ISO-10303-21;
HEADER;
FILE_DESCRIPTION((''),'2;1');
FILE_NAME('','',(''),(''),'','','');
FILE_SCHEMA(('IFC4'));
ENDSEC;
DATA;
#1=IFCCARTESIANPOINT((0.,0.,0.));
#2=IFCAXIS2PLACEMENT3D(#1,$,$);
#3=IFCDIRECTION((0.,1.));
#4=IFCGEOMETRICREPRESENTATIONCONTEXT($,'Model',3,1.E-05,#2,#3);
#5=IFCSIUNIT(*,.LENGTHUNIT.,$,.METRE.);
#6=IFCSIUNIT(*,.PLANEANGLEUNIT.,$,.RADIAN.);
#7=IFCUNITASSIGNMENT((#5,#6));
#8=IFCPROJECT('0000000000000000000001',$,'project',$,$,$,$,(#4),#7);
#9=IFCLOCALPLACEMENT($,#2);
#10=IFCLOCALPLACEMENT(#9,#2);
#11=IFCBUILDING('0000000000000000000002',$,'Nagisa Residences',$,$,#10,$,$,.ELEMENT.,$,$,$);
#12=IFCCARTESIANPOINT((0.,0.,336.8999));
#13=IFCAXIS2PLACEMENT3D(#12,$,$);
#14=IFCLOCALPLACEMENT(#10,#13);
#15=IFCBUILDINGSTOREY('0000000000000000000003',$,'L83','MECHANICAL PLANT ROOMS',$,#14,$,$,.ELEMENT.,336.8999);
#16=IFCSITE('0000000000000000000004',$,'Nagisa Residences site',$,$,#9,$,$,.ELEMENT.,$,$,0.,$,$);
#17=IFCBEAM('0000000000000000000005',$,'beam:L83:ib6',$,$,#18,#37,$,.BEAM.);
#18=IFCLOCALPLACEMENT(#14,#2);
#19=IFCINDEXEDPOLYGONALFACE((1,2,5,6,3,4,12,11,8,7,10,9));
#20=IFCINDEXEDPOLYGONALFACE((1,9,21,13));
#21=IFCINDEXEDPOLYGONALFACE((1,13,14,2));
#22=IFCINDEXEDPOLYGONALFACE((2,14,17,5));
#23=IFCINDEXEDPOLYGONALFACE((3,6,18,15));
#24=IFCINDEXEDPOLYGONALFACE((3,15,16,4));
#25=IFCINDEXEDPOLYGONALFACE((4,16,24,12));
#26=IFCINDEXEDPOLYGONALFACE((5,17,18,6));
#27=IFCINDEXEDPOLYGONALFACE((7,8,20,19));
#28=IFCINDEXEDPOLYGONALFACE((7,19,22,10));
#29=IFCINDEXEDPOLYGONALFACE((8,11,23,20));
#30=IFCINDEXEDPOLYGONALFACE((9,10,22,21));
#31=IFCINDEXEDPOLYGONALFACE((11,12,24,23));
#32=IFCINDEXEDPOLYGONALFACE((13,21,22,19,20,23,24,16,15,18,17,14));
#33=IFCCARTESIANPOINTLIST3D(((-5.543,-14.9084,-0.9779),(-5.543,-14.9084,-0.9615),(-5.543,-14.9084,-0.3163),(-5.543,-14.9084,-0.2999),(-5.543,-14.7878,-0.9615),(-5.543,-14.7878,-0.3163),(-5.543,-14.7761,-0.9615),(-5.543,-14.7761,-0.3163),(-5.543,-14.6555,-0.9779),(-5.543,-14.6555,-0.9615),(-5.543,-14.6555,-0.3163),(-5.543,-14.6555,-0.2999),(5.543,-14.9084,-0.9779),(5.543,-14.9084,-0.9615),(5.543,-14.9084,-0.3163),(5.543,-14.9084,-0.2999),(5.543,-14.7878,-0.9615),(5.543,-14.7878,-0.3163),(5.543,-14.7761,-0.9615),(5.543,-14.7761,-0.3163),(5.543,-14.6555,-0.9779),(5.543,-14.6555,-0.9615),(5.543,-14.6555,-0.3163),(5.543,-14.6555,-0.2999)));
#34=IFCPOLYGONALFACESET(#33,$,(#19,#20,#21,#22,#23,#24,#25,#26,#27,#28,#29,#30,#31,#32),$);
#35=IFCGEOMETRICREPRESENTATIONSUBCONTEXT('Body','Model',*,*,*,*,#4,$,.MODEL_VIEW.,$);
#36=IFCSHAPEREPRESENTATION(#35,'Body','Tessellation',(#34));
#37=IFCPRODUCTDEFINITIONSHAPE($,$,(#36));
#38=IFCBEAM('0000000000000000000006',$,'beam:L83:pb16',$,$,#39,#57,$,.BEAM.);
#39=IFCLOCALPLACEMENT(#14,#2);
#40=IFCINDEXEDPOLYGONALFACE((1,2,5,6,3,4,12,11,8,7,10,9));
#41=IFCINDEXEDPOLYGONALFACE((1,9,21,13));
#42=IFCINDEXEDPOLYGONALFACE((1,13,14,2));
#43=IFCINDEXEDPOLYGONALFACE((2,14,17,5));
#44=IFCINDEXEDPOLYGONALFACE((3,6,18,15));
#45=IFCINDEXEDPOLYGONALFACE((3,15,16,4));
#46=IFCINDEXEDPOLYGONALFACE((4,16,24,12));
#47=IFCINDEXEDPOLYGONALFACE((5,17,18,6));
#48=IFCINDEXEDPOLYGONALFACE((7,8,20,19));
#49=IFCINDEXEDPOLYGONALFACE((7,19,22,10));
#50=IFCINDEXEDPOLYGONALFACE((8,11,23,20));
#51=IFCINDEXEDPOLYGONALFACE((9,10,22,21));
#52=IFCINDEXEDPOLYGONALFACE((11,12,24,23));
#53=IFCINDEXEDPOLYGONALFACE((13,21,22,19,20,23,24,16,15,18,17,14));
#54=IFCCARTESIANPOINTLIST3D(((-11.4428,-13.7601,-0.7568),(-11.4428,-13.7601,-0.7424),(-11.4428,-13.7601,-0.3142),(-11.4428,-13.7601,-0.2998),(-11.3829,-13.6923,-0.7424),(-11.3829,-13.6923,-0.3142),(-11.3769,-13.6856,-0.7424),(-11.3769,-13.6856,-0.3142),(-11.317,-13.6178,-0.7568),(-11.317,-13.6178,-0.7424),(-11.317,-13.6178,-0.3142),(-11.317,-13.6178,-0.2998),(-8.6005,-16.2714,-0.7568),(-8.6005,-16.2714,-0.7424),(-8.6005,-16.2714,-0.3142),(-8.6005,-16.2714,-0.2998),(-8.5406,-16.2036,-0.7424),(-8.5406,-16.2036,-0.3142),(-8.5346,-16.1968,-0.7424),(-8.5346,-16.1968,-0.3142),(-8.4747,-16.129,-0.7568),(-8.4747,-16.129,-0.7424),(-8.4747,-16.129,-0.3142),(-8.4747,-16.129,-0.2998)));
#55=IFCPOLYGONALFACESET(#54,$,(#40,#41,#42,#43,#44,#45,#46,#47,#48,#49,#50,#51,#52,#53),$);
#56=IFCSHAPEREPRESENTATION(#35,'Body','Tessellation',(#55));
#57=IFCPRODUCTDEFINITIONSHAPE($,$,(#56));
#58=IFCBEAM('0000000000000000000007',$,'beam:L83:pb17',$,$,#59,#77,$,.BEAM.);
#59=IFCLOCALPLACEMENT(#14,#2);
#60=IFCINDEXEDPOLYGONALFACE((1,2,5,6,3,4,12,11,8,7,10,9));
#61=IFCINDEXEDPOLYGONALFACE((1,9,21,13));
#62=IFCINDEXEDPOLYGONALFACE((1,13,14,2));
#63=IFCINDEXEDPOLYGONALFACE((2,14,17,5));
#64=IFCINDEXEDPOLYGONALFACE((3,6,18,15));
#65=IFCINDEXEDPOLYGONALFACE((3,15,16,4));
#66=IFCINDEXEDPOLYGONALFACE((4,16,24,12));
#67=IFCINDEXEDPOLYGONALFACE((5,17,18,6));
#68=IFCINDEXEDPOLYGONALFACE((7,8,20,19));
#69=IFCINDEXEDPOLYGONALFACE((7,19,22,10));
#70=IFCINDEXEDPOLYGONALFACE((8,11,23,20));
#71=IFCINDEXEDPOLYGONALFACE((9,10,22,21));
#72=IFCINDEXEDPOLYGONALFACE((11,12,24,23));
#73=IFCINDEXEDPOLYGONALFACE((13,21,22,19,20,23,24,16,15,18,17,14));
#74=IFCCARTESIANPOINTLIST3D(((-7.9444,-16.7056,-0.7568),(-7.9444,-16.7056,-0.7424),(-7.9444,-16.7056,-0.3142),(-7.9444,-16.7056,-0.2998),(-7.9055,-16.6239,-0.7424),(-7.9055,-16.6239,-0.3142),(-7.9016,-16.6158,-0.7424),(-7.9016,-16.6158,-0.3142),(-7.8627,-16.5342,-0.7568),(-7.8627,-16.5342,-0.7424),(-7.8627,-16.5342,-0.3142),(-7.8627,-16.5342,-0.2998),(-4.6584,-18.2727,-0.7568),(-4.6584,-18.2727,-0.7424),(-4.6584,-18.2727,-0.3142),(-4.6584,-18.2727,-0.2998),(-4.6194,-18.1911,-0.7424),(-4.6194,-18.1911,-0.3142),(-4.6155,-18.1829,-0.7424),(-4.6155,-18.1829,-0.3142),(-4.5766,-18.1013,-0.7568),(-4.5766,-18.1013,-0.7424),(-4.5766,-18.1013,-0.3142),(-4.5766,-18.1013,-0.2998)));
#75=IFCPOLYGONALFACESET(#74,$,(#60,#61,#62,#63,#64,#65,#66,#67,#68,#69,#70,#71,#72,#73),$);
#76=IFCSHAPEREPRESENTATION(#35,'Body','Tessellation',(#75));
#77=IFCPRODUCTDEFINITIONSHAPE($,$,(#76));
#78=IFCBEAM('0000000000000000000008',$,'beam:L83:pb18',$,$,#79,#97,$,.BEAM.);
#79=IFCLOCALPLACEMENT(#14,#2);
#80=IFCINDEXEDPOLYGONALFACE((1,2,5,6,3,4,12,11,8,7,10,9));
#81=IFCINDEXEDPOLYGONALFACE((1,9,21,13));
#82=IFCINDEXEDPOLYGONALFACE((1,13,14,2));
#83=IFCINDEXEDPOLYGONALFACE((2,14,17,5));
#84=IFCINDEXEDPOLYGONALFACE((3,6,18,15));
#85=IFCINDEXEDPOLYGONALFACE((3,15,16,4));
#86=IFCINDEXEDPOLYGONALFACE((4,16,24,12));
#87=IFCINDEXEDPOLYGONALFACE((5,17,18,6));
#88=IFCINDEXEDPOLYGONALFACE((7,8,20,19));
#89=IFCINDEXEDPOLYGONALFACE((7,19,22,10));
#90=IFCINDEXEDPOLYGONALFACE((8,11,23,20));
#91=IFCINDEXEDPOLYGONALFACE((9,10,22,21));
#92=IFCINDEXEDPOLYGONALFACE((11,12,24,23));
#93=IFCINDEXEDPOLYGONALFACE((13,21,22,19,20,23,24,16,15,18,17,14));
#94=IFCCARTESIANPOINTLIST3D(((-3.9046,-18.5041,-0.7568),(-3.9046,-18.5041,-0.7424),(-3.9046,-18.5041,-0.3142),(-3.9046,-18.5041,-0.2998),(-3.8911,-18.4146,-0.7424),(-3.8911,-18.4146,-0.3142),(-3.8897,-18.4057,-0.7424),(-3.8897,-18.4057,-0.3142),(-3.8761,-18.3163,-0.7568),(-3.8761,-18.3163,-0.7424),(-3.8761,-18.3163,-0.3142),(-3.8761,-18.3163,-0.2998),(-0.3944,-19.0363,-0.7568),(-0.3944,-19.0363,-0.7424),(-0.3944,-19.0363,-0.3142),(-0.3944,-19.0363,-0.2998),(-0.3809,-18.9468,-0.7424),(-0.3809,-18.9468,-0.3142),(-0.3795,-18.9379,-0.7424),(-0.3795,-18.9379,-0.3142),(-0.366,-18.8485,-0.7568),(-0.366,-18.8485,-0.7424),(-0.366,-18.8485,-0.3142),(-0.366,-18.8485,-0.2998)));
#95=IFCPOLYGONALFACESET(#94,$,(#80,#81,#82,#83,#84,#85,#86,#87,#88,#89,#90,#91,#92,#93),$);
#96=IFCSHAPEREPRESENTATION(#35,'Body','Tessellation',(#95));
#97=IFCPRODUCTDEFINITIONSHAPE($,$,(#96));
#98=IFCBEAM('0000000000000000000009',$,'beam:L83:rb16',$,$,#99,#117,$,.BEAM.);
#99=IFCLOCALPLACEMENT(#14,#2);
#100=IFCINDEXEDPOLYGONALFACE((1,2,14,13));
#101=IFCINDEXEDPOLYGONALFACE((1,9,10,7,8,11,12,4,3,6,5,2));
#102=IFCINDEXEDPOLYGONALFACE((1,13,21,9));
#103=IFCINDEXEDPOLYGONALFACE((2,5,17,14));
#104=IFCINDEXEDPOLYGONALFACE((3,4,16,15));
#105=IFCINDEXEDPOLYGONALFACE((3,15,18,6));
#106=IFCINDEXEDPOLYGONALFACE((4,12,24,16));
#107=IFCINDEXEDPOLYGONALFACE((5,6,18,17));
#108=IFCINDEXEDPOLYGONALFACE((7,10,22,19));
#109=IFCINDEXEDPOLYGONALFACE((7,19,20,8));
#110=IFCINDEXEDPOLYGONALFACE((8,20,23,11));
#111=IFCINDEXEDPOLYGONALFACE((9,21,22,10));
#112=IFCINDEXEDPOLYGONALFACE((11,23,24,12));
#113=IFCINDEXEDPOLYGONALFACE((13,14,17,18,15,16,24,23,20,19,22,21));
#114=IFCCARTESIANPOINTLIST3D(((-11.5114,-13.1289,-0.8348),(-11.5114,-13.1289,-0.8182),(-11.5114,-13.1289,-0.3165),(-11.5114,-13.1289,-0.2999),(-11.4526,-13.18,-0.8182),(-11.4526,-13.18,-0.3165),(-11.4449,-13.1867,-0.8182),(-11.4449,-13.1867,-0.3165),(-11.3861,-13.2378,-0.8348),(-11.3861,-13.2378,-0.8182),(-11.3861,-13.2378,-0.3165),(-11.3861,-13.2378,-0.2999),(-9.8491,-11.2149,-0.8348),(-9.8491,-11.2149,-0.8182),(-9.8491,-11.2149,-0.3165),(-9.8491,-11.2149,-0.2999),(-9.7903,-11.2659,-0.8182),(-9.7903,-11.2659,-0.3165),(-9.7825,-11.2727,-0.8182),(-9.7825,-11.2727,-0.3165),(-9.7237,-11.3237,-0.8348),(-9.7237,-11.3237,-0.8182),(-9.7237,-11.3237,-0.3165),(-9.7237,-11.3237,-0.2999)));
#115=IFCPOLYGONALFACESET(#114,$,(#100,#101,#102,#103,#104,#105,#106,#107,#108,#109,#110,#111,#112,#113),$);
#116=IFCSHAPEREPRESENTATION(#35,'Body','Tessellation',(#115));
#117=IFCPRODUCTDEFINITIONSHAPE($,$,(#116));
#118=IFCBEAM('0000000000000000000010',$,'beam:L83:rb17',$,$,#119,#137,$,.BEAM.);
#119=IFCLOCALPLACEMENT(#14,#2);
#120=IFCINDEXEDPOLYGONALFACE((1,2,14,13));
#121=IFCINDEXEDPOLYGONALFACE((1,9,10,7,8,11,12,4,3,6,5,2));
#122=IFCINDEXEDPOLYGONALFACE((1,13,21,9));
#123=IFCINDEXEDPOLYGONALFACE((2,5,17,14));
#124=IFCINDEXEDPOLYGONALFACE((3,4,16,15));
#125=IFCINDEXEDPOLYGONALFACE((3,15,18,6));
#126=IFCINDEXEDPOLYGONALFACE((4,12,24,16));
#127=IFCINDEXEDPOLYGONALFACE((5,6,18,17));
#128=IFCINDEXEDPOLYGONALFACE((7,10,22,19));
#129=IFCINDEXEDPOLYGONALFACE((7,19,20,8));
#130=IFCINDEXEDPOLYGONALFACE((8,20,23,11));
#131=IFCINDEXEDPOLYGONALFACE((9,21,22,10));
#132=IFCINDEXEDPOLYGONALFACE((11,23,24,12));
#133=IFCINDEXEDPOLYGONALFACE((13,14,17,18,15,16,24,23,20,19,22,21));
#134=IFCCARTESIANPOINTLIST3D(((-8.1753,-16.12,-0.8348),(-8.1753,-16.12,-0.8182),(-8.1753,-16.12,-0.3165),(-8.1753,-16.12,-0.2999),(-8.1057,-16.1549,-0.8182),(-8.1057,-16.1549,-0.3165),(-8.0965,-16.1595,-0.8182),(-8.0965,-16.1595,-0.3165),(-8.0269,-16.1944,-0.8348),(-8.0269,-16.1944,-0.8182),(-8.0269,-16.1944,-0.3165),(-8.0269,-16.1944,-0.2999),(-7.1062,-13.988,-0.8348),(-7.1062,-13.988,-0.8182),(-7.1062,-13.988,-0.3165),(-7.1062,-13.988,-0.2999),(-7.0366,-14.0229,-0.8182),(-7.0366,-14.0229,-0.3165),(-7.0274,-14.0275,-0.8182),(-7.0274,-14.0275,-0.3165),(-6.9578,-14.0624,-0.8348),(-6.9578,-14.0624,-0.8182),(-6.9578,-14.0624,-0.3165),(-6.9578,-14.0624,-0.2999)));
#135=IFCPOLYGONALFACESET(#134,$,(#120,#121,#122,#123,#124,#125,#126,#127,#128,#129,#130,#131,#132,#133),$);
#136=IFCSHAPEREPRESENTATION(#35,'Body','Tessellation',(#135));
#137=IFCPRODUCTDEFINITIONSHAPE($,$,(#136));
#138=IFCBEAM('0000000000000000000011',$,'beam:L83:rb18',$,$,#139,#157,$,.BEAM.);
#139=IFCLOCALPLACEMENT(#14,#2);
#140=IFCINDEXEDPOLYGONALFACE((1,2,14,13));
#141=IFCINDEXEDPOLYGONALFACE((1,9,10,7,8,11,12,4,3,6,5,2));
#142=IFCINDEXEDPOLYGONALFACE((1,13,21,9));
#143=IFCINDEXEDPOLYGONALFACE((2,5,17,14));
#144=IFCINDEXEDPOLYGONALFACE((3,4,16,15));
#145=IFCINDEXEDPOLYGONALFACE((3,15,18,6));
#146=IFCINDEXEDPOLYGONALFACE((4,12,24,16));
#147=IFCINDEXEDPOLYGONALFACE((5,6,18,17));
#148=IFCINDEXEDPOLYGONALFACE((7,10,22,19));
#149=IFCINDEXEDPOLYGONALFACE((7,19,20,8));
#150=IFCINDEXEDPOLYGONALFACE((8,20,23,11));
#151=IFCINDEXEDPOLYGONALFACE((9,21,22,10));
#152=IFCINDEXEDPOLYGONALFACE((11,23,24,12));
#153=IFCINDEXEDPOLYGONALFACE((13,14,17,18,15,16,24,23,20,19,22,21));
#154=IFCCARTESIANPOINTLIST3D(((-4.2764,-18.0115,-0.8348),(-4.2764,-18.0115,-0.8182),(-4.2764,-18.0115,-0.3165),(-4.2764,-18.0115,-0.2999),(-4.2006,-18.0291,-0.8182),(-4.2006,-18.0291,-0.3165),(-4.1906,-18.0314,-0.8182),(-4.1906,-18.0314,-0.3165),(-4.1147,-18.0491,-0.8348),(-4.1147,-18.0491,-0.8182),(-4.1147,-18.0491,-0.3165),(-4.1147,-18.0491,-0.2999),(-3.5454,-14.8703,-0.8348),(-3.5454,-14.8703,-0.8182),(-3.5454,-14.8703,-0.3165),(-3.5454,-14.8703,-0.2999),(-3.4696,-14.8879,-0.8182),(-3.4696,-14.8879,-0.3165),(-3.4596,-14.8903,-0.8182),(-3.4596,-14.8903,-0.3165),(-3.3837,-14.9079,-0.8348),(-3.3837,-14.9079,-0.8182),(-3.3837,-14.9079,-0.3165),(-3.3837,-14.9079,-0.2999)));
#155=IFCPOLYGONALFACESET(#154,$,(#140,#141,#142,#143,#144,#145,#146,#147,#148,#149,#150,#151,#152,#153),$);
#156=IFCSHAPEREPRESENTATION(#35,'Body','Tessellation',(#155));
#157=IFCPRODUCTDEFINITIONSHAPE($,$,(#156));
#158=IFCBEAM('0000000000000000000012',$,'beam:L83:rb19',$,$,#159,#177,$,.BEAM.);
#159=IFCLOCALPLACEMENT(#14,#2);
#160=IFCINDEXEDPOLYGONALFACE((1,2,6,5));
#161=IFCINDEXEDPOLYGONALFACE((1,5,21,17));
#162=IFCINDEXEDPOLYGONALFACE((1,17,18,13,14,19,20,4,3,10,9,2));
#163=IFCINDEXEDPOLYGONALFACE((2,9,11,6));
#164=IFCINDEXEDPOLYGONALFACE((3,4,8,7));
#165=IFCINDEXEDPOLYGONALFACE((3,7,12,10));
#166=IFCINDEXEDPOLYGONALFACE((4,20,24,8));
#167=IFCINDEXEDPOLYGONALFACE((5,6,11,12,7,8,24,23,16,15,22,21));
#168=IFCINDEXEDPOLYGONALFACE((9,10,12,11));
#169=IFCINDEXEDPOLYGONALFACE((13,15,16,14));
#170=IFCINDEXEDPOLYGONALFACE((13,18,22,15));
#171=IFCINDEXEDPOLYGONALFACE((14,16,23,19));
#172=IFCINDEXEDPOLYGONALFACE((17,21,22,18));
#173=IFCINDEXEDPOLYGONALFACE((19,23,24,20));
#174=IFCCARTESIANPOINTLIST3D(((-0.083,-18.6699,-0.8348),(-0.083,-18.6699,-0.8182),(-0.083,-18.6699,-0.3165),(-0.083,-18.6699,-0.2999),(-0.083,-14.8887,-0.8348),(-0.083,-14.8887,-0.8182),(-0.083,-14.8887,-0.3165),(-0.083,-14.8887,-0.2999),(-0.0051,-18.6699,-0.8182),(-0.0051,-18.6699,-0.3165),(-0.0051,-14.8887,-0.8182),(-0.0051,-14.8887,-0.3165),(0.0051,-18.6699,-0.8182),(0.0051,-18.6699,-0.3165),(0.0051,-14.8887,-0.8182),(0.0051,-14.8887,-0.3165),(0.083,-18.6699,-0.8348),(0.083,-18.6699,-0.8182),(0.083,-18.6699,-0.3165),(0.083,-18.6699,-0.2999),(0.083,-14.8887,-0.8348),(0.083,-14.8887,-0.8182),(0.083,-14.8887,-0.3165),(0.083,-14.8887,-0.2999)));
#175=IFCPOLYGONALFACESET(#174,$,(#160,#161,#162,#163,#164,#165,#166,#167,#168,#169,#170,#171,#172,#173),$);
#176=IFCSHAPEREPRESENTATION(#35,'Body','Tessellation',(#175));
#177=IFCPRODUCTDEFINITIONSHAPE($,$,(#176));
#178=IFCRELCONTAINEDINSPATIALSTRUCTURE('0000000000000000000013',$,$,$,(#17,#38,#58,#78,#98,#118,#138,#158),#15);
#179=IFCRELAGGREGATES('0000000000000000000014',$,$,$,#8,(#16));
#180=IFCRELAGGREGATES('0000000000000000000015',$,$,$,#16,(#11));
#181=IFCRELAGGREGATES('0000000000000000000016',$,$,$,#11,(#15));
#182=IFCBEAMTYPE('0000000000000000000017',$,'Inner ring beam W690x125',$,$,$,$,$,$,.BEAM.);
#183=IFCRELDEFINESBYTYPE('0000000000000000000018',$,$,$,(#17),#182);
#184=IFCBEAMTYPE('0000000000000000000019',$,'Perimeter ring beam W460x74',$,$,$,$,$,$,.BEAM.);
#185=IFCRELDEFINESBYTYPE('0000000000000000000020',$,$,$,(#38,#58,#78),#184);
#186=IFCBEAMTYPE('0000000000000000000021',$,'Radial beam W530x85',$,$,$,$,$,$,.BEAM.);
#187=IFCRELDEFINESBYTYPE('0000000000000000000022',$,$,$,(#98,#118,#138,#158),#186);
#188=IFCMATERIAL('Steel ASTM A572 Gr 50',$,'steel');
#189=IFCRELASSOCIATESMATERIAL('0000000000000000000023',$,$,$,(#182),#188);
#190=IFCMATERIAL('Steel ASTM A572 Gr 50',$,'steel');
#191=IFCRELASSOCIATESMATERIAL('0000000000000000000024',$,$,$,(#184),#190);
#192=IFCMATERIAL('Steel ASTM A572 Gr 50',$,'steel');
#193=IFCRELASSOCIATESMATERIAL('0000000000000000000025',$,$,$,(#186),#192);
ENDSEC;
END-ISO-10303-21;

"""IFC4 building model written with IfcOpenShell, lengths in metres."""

from ifc_helpers import new_model, si_unit, direction, frame, origin, origin_2d, place, context, subcontext, project, spatial, i_section, extrude, material, material_profile, profile_set, type_object, element, save


model = new_model("IFC4")

# Units and contexts
model_context = context("Model", 3, precision=1e-05, world=origin(), true_north=direction((0.0, 1.0)))
body_context = subcontext(model_context, "Body", "Model", "MODEL_VIEW")
ifc_project = project(units=[si_unit("LENGTHUNIT", "METRE"), si_unit("PLANEANGLEUNIT", "RADIAN")], contexts=[model_context])

# Site, building, storey
site_placement = place(None, origin())
site = spatial("IfcSite", under=ifc_project, at=site_placement, Name="Nagisa Residences site", CompositionType="ELEMENT", RefElevation=0.0)
building_placement = place(site_placement, origin())
building = spatial("IfcBuilding", under=site, at=building_placement, Name="Nagisa Residences", CompositionType="ELEMENT")
storey_placement = place(building_placement, frame((0.0, 0.0, 336.8999)))
storey = spatial("IfcBuildingStorey", under=building, at=storey_placement, Name="L83", Description="MECHANICAL PLANT ROOMS", CompositionType="ELEMENT", Elevation=336.8999)

# Beams
ifc_material_1 = material(Name="Steel ASTM A572 Gr 50", Category="steel")
ifc_material_profile_1 = material_profile(ifc_material_1, i_section(OverallWidth=0.2529, OverallDepth=0.678, WebThickness=0.0117, FlangeThickness=0.0164, at=origin_2d()), Name="W690x125")
ifc_profile_set_1 = profile_set([ifc_material_profile_1], Name="Steel ASTM A572 Gr 50")
beam_type_1 = type_object("IfcBeamType", Name="Inner ring beam W690x125", PredefinedType="BEAM", material=ifc_profile_set_1)
beam_1_placement = place(storey_placement, frame((-5.543, -14.782, -0.6389), z_axis=(1.0, 0.0, 0.0), x_axis=(0.0, 1.0, 0.0)))
element("IfcBeam", 1, at=beam_1_placement, inside=storey, type_object=beam_type_1, Name="beam:L83:ib6", PredefinedType="BEAM", context=body_context, shape_type="SweptSolid", body=[
    extrude(i_section(OverallWidth=0.2529, OverallDepth=0.678, WebThickness=0.0117, FlangeThickness=0.0164, at=origin_2d()), origin(), (0.0, 0.0, 1.0), 11.0859),
])
ifc_material_2 = material(Name="Steel ASTM A572 Gr 50", Category="steel")
ifc_material_profile_2 = material_profile(ifc_material_2, i_section(OverallWidth=0.1899, OverallDepth=0.457, WebThickness=0.009, FlangeThickness=0.0144, at=origin_2d()), Name="W460x74")
ifc_profile_set_2 = profile_set([ifc_material_profile_2], Name="Steel ASTM A572 Gr 50")
beam_type_2 = type_object("IfcBeamType", Name="Perimeter ring beam W460x74", PredefinedType="BEAM", material=ifc_profile_set_2)
beam_2_placement = place(storey_placement, frame((-11.3799, -13.689, -0.5283), z_axis=(0.749402, -0.662115, 0.0), x_axis=(0.662115, 0.749402, 0.0)))
element("IfcBeam", 2, at=beam_2_placement, inside=storey, type_object=beam_type_2, Name="beam:L83:pb16", PredefinedType="BEAM", context=body_context, shape_type="SweptSolid", body=[
    extrude(i_section(OverallWidth=0.1899, OverallDepth=0.457, WebThickness=0.009, FlangeThickness=0.0144, at=origin_2d()), origin(), (0.0, 0.0, 1.0), 3.7927),
])
beam_3_placement = place(storey_placement, frame((-7.9036, -16.6199, -0.5283), z_axis=(0.902614, -0.430452, 0.0), x_axis=(0.430452, 0.902614, 0.0)))
element("IfcBeam", 3, at=beam_3_placement, inside=storey, type_object=beam_type_2, Name="beam:L83:pb17", PredefinedType="BEAM", context=body_context, shape_type="SweptSolid", body=[
    extrude(i_section(OverallWidth=0.1899, OverallDepth=0.457, WebThickness=0.009, FlangeThickness=0.0144, at=origin_2d()), origin(), (0.0, 0.0, 1.0), 3.6406),
])
beam_4_placement = place(storey_placement, frame((-3.8904, -18.4102, -0.5283), z_axis=(0.9887, -0.149907, 0.0), x_axis=(0.149907, 0.9887, 0.0)))
element("IfcBeam", 4, at=beam_4_placement, inside=storey, type_object=beam_type_2, Name="beam:L83:pb18", PredefinedType="BEAM", context=body_context, shape_type="SweptSolid", body=[
    extrude(i_section(OverallWidth=0.1899, OverallDepth=0.457, WebThickness=0.009, FlangeThickness=0.0144, at=origin_2d()), origin(), (0.0, 0.0, 1.0), 3.5503),
])
ifc_material_3 = material(Name="Steel ASTM A572 Gr 50", Category="steel")
ifc_material_profile_3 = material_profile(ifc_material_3, i_section(OverallWidth=0.166, OverallDepth=0.5349, WebThickness=0.0103, FlangeThickness=0.0166, at=origin_2d()), Name="W530x85")
ifc_profile_set_3 = profile_set([ifc_material_profile_3], Name="Steel ASTM A572 Gr 50")
beam_type_3 = type_object("IfcBeamType", Name="Radial beam W530x85", PredefinedType="BEAM", material=ifc_profile_set_3)
beam_5_placement = place(storey_placement, frame((-11.4487, -13.1833, -0.5674), z_axis=(0.655718, 0.755006, 0.0), x_axis=(-0.755006, 0.655718, 0.0)))
element("IfcBeam", 5, at=beam_5_placement, inside=storey, type_object=beam_type_3, Name="beam:L83:rb16", PredefinedType="BEAM", context=body_context, shape_type="SweptSolid", body=[
    extrude(i_section(OverallWidth=0.166, OverallDepth=0.5349, WebThickness=0.0103, FlangeThickness=0.0166, at=origin_2d()), origin(), (0.0, 0.0, 1.0), 2.5352),
])
beam_6_placement = place(storey_placement, frame((-8.1011, -16.1572, -0.5674), z_axis=(0.448237, 0.893915, 0.0), x_axis=(-0.893915, 0.448237, 0.0)))
element("IfcBeam", 6, at=beam_6_placement, inside=storey, type_object=beam_type_3, Name="beam:L83:rb17", PredefinedType="BEAM", context=body_context, shape_type="SweptSolid", body=[
    extrude(i_section(OverallWidth=0.166, OverallDepth=0.5349, WebThickness=0.0103, FlangeThickness=0.0166, at=origin_2d()), origin(), (0.0, 0.0, 1.0), 2.385),
])
beam_7_placement = place(storey_placement, frame((-4.1956, -18.0303, -0.5674), z_axis=(0.22665, 0.973976, 0.0), x_axis=(-0.973976, 0.22665, 0.0)))
element("IfcBeam", 7, at=beam_7_placement, inside=storey, type_object=beam_type_3, Name="beam:L83:rb18", PredefinedType="BEAM", context=body_context, shape_type="SweptSolid", body=[
    extrude(i_section(OverallWidth=0.166, OverallDepth=0.5349, WebThickness=0.0103, FlangeThickness=0.0166, at=origin_2d()), origin(), (0.0, 0.0, 1.0), 3.2251),
])
beam_8_placement = place(storey_placement, frame((0.0, -18.6699, -0.5674), z_axis=(0.0, 1.0, 0.0), x_axis=(-1.0, 0.0, 0.0)))
element("IfcBeam", 8, at=beam_8_placement, inside=storey, type_object=beam_type_3, Name="beam:L83:rb19", PredefinedType="BEAM", context=body_context, shape_type="SweptSolid", body=[
    extrude(i_section(OverallWidth=0.166, OverallDepth=0.5349, WebThickness=0.0103, FlangeThickness=0.0166, at=origin_2d()), origin(), (0.0, 0.0, 1.0), 3.7812),
])

save(model, "model.ifc")
